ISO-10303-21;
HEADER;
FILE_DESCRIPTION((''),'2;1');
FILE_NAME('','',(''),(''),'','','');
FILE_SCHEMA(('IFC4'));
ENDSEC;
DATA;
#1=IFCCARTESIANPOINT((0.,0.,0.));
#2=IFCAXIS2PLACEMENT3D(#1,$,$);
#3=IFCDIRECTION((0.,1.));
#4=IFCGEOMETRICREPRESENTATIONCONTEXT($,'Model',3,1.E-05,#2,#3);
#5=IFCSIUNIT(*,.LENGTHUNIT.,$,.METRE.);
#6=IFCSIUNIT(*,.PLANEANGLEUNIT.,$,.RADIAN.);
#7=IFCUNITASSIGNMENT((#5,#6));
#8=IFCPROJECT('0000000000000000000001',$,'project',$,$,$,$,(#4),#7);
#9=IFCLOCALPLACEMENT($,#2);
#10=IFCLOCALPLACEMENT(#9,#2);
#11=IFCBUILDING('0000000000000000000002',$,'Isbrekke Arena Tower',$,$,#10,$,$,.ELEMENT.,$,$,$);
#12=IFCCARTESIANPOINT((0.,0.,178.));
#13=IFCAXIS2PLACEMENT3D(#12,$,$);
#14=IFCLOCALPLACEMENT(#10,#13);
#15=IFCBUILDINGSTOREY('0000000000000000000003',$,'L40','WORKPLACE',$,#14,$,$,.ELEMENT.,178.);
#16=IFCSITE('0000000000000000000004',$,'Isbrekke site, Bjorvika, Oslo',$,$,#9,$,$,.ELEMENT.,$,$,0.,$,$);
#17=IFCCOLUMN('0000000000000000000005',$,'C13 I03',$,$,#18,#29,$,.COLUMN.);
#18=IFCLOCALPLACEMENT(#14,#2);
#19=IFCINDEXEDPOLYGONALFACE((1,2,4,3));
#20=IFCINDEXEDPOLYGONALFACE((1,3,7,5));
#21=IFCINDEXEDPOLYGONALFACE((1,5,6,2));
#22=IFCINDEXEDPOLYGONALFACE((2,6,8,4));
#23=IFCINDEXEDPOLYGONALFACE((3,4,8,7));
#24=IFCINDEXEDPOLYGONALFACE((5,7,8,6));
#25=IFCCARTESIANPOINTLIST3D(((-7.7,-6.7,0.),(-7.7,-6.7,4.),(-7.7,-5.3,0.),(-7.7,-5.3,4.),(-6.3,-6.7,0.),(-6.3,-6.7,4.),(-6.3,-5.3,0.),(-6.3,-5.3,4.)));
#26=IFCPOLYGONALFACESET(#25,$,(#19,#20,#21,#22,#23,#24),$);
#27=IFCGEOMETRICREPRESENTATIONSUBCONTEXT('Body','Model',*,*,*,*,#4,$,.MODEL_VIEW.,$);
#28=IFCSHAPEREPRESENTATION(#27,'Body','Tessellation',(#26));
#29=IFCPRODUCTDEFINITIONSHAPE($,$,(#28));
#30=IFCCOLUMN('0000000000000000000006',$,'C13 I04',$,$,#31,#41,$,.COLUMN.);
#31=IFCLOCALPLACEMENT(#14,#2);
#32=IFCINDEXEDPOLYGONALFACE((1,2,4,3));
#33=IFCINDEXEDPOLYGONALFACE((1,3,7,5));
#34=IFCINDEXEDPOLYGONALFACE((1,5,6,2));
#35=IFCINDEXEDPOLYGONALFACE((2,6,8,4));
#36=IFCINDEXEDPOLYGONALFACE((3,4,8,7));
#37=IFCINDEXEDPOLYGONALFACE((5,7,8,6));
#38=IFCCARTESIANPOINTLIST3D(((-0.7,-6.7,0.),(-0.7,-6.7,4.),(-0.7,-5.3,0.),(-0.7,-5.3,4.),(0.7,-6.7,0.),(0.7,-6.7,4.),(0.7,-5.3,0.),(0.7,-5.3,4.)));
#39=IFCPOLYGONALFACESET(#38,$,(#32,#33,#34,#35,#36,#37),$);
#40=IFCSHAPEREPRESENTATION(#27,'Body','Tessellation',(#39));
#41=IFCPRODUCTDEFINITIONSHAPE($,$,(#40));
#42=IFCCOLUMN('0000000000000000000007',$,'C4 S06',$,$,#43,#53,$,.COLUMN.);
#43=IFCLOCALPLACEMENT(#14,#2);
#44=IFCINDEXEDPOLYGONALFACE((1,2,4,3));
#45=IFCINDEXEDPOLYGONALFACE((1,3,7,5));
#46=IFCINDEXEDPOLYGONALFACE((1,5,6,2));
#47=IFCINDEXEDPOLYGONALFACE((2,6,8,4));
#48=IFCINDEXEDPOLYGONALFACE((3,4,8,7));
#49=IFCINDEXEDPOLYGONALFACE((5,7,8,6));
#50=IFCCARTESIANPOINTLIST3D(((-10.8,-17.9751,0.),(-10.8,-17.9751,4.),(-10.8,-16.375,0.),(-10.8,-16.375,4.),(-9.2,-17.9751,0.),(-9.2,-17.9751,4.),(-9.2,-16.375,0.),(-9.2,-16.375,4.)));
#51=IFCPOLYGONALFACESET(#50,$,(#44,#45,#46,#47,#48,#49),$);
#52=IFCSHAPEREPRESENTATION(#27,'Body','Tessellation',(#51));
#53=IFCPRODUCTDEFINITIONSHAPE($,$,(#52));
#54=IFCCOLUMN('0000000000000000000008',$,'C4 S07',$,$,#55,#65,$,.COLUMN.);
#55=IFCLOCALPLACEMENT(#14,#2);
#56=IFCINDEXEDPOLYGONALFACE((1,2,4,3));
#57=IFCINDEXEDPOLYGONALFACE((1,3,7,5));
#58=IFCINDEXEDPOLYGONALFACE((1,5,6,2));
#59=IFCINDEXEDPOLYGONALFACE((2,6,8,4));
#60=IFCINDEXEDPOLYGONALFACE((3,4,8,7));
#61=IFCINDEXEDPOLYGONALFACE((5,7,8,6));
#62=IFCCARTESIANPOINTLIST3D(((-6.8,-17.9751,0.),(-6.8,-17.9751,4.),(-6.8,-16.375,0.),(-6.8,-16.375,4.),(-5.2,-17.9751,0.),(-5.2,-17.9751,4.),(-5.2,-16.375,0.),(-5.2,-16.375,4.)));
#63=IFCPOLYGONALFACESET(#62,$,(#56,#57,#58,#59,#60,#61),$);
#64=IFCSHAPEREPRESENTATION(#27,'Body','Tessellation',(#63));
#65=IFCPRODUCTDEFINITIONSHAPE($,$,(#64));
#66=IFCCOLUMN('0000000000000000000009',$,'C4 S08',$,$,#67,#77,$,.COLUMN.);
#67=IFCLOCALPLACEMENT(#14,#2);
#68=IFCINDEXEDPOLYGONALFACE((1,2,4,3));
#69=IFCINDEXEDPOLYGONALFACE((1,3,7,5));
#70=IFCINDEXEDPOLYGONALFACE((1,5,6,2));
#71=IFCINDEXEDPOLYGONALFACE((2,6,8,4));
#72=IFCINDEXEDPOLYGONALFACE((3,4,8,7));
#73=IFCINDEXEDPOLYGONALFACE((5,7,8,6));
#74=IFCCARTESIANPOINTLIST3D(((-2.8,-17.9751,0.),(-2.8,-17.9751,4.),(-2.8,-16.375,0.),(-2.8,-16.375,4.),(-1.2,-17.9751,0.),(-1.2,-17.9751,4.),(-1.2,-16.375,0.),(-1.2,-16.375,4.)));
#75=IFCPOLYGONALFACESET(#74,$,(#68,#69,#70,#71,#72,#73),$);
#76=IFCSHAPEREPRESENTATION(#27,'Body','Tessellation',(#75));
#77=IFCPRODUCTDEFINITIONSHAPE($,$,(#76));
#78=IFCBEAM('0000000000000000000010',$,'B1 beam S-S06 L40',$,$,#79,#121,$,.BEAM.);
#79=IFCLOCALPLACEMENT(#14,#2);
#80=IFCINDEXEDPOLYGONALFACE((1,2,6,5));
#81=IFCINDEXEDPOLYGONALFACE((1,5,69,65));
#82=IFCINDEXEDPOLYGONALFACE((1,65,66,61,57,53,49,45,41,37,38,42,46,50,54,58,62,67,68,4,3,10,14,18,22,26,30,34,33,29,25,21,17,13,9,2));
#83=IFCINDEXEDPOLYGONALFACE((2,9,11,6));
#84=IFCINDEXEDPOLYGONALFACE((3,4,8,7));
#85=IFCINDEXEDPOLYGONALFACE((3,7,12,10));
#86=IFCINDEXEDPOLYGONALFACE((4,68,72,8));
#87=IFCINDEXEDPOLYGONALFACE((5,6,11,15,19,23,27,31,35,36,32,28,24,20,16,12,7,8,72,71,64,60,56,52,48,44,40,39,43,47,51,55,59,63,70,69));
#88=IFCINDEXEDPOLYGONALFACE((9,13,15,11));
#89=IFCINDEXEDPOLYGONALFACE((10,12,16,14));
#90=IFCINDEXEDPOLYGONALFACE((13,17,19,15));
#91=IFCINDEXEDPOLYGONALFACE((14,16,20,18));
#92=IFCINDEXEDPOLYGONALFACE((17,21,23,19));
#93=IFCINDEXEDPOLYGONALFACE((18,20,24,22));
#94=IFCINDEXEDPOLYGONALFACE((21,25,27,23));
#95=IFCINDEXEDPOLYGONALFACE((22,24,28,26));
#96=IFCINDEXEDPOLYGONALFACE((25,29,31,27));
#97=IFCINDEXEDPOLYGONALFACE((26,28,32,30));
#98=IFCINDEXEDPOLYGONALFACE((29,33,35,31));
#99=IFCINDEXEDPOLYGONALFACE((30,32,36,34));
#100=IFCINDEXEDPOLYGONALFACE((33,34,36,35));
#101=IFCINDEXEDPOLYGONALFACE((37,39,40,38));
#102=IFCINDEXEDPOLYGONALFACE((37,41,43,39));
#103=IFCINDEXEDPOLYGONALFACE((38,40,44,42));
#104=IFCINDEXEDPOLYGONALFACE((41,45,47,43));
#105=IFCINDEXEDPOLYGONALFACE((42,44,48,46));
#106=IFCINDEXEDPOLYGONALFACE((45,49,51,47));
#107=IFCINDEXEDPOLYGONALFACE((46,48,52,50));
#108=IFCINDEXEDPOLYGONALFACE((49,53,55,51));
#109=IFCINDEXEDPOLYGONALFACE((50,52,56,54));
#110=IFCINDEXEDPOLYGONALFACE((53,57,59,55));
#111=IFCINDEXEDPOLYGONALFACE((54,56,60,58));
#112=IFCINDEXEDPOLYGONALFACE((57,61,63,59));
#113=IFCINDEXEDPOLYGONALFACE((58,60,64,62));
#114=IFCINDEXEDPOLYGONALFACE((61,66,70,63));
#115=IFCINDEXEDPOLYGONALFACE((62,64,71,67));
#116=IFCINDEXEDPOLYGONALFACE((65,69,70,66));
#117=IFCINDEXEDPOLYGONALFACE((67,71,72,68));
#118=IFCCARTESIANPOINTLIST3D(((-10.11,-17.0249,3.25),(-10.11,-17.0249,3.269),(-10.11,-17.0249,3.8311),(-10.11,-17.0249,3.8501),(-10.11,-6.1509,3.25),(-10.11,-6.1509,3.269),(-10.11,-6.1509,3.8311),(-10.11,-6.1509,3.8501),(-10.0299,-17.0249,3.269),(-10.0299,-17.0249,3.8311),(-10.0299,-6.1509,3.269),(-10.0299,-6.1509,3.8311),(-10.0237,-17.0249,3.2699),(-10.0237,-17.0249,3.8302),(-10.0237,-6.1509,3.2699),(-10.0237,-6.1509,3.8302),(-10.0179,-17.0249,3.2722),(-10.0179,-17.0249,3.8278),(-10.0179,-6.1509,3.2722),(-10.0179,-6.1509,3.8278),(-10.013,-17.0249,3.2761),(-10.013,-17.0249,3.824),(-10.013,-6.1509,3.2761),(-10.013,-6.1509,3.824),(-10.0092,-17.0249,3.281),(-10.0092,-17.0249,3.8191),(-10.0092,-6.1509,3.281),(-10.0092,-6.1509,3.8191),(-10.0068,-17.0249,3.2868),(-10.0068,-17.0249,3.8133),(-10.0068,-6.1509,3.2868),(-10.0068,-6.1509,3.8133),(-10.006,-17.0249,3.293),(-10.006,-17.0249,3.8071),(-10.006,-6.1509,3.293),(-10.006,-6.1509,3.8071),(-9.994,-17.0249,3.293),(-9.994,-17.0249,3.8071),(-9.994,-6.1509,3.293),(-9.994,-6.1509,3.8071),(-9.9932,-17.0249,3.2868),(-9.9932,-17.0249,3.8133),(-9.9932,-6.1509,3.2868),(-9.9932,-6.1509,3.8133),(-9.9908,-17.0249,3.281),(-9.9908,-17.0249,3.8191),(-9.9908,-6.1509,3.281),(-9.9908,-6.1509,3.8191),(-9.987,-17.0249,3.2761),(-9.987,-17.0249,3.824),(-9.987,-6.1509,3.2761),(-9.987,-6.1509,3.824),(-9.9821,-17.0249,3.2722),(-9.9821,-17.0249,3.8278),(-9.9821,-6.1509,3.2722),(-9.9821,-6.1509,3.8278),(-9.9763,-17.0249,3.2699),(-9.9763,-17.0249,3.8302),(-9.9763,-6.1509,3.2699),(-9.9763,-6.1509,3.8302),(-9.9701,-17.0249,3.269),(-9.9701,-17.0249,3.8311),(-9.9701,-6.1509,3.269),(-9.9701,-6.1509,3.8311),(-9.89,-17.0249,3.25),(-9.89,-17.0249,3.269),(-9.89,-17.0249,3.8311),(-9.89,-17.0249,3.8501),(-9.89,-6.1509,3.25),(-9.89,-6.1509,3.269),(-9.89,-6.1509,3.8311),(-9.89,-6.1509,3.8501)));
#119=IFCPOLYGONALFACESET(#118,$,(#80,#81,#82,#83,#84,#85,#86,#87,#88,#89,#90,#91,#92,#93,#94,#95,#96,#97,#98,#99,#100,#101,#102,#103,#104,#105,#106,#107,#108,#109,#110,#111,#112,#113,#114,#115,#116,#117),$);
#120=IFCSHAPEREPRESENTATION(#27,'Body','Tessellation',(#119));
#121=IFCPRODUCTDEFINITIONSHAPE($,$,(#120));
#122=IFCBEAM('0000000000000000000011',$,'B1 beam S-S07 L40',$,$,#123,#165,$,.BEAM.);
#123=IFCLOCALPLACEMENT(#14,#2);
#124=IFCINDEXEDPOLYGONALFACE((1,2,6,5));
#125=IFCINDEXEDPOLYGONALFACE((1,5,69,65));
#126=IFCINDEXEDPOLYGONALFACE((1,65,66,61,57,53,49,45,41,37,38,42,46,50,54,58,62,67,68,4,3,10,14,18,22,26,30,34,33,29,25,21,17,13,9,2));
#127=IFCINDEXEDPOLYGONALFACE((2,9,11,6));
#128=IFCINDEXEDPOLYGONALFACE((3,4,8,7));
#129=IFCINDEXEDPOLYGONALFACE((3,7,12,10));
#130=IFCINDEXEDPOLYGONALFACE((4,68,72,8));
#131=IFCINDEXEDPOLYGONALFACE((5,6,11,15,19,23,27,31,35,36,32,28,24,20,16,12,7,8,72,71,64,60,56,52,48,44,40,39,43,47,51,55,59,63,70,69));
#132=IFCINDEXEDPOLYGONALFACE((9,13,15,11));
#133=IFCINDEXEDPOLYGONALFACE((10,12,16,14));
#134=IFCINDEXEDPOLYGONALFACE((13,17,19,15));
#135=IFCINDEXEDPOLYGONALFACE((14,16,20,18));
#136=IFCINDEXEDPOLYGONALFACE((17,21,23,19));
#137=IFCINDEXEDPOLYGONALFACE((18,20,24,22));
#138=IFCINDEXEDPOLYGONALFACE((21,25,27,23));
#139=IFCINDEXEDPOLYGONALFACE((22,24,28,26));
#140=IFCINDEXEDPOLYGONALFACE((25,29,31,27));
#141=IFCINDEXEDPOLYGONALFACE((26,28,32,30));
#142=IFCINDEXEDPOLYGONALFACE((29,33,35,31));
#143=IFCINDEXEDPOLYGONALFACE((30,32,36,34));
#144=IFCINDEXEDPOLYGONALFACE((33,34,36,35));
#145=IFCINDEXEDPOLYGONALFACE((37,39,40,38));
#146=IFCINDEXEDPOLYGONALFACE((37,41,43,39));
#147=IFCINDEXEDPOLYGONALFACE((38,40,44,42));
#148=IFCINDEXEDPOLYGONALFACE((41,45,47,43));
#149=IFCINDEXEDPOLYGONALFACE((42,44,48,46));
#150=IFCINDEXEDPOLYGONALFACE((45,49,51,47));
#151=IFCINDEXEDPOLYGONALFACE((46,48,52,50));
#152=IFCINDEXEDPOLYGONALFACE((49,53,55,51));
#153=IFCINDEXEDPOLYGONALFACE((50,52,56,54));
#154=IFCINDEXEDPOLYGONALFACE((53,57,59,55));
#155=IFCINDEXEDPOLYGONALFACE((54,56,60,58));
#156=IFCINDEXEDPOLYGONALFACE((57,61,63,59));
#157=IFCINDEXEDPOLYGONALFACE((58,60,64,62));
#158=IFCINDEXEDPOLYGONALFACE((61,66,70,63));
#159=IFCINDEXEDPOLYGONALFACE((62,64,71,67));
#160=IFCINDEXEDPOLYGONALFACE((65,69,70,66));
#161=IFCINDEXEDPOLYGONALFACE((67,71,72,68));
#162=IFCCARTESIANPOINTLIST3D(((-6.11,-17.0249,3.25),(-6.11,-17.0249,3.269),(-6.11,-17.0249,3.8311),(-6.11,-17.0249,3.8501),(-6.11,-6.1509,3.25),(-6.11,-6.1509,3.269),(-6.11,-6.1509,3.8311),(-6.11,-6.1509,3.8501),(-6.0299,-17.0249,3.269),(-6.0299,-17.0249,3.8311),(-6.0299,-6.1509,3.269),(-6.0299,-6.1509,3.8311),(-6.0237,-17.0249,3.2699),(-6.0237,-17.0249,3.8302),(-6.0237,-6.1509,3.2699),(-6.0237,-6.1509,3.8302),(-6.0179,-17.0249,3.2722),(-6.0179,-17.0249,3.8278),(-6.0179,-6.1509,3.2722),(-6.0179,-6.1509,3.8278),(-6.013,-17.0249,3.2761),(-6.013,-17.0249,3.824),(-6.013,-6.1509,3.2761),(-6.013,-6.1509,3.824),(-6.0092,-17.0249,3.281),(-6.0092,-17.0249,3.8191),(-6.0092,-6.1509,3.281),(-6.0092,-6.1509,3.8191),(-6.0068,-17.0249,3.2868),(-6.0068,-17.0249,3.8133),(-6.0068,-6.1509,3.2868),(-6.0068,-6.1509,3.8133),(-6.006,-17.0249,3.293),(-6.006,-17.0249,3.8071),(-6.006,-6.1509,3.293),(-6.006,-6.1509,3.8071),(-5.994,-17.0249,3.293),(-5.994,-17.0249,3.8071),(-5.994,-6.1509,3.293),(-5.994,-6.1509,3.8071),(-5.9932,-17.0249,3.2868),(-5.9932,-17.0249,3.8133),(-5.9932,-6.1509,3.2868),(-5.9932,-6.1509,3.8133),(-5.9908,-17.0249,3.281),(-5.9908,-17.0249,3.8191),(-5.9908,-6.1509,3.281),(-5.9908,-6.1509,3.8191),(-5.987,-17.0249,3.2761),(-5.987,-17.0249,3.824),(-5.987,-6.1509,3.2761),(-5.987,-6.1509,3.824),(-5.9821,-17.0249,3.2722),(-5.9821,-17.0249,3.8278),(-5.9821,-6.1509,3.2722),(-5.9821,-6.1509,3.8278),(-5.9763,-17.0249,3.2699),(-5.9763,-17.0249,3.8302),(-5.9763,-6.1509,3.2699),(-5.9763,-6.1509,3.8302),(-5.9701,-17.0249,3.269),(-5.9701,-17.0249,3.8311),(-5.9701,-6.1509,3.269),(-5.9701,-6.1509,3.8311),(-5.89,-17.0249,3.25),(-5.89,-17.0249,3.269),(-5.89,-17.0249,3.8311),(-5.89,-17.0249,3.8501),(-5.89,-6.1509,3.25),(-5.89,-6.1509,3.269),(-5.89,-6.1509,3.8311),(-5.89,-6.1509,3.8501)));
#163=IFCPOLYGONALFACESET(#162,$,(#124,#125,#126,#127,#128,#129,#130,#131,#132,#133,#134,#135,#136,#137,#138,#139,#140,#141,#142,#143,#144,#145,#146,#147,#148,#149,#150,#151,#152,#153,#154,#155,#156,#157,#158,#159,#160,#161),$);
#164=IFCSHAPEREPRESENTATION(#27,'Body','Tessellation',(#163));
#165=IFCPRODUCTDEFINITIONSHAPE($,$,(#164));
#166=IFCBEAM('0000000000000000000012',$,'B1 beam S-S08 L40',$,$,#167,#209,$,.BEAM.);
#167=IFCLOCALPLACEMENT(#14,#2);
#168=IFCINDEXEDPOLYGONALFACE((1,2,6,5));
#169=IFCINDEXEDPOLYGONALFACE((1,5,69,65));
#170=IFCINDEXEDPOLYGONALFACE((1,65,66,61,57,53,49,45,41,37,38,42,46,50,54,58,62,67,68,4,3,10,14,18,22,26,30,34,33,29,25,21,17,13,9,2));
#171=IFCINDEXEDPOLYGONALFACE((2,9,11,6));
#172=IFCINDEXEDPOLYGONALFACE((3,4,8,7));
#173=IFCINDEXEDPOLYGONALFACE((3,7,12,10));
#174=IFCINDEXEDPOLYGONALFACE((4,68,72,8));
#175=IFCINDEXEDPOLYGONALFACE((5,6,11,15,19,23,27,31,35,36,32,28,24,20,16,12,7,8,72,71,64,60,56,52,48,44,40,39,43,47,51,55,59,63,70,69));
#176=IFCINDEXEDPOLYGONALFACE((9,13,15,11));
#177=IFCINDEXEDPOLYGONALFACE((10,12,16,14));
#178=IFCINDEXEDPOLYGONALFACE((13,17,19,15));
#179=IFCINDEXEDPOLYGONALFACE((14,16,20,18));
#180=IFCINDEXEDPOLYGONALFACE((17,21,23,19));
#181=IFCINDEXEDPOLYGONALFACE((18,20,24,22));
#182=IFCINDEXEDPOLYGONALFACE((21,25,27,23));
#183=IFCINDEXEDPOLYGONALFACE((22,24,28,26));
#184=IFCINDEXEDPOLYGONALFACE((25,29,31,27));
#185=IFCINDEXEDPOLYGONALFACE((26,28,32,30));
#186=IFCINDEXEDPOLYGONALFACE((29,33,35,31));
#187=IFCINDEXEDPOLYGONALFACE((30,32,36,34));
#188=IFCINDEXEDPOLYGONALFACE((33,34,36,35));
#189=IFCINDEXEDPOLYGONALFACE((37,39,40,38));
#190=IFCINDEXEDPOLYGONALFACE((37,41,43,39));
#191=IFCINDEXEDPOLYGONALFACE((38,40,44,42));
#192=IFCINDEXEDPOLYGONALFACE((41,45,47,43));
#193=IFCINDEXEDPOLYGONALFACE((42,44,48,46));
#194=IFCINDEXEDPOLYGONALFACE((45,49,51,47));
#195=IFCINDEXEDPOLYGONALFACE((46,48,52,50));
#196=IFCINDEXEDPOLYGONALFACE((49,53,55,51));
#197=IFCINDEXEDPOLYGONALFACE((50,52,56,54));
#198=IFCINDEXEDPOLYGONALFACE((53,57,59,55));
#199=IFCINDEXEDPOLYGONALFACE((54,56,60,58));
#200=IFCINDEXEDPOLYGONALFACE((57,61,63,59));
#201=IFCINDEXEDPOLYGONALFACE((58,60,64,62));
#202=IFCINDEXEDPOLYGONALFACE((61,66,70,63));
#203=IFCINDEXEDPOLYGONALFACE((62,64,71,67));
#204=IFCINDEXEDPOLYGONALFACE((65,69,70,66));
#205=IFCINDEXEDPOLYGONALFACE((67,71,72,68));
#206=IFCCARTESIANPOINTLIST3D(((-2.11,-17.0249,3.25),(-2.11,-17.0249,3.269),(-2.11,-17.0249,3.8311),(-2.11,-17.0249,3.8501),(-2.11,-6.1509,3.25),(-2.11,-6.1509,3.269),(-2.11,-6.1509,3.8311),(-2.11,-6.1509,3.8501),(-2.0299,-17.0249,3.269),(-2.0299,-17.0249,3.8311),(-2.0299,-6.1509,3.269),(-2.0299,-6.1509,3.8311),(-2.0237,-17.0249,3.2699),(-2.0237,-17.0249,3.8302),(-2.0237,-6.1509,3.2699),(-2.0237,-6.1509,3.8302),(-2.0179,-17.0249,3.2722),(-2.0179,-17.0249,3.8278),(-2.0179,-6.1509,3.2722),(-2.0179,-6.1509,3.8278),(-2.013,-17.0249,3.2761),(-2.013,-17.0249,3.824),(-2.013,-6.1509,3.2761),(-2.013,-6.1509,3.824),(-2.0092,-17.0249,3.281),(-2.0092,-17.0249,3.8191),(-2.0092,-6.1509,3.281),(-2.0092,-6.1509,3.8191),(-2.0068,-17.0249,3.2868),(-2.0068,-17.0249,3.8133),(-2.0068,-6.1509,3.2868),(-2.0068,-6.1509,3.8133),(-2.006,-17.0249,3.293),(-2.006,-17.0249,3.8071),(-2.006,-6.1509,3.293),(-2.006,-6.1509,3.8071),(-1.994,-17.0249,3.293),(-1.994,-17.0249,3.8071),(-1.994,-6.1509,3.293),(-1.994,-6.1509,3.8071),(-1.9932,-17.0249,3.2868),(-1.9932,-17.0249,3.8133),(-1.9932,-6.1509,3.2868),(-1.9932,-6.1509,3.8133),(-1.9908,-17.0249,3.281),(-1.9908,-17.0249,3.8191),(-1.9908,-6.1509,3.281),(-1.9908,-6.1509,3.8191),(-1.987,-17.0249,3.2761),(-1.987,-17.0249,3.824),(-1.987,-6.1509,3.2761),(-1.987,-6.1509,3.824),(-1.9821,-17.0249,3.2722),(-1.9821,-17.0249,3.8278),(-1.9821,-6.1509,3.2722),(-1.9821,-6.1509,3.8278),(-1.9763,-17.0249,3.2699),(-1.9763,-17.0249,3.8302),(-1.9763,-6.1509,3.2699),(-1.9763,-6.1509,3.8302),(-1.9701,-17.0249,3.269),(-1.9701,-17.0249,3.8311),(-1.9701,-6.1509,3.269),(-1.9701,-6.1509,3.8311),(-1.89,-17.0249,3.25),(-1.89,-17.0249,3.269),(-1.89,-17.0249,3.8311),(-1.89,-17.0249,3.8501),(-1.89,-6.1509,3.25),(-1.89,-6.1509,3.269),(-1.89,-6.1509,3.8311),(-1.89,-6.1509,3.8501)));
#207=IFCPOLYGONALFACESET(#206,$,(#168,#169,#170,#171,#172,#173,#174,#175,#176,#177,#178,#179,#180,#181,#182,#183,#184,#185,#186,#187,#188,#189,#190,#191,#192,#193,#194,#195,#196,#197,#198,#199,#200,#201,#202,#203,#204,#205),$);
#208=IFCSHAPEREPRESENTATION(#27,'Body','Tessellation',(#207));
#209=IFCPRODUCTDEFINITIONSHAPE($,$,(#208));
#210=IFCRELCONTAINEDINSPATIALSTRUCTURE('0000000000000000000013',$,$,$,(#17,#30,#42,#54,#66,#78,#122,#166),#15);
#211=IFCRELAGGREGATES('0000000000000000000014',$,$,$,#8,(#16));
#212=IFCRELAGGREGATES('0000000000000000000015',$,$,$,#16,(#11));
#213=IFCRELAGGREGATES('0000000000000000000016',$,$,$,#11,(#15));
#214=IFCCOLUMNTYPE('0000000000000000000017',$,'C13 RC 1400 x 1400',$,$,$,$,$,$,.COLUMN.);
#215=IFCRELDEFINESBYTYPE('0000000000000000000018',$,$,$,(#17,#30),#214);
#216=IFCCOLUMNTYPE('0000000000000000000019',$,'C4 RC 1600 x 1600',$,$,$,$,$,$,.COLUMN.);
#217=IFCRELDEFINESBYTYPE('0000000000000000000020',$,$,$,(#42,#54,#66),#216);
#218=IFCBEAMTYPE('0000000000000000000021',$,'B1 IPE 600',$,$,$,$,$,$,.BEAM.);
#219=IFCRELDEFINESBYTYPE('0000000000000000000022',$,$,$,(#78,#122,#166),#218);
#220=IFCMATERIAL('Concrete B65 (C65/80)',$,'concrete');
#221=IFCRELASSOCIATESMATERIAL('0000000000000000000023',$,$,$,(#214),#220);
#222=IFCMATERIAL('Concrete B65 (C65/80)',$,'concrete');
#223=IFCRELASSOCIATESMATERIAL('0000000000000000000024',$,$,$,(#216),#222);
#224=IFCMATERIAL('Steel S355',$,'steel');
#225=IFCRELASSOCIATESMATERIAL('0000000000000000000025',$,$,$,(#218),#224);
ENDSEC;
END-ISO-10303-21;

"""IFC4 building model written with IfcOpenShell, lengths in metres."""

from ifc_helpers import new_model, si_unit, direction, frame, origin, origin_2d, place, context, subcontext, project, spatial, rectangle, i_section, extrude, material, material_profile, profile_set, type_object, element, save


model = new_model("IFC4")

# Units and contexts
model_context = context("Model", 3, precision=1e-05, world=origin(), true_north=direction((0.0, 1.0)))
body_context = subcontext(model_context, "Body", "Model", "MODEL_VIEW")
ifc_project = project(units=[si_unit("LENGTHUNIT", "METRE"), si_unit("PLANEANGLEUNIT", "RADIAN")], contexts=[model_context])

# Site, building, storey
site_placement = place(None, origin())
site = spatial("IfcSite", under=ifc_project, at=site_placement, Name="Isbrekke site, Bjorvika, Oslo", CompositionType="ELEMENT", RefElevation=0.0)
building_placement = place(site_placement, origin())
building = spatial("IfcBuilding", under=site, at=building_placement, Name="Isbrekke Arena Tower", CompositionType="ELEMENT")
storey_placement = place(building_placement, frame((0.0, 0.0, 178.0)))
storey = spatial("IfcBuildingStorey", under=building, at=storey_placement, Name="L40", Description="WORKPLACE", CompositionType="ELEMENT", Elevation=178.0)

# Columns
ifc_material_1 = material(Name="Concrete B65 (C65/80)", Category="concrete")
ifc_material_profile_1 = material_profile(ifc_material_1, rectangle(XDim=1.3999, YDim=1.3999, at=origin_2d()), Name="RC 1400x1400")
ifc_profile_set_1 = profile_set([ifc_material_profile_1], Name="Concrete B65 (C65/80)")
column_type_1 = type_object("IfcColumnType", Name="C13 RC 1400 x 1400", PredefinedType="COLUMN", material=ifc_profile_set_1)
for number, where, z_axis, x_axis, name in (
    (1, (-7.0, -6.0, 0.0), (0.0, 0.0, 1.0), (1.0, 0.0, 0.0), "C13 I03"),
    (2, (0.0, -6.0, 0.0), (0.0, 0.0, 1.0), (1.0, 0.0, 0.0), "C13 I04"),
):
    element("IfcColumn", number, at=place(storey_placement, frame(where, z_axis=z_axis, x_axis=x_axis)), inside=storey, type_object=column_type_1, Name=name, PredefinedType="COLUMN", context=body_context, shape_type="SweptSolid", body=[
        extrude(rectangle(XDim=1.3999, YDim=1.3999, at=origin_2d()), origin(), (0.0, 0.0, 1.0), 4.0),
    ])
ifc_material_2 = material(Name="Concrete B65 (C65/80)", Category="concrete")
ifc_material_profile_2 = material_profile(ifc_material_2, rectangle(XDim=1.6001, YDim=1.6001, at=origin_2d()), Name="RC 1600x1600")
ifc_profile_set_2 = profile_set([ifc_material_profile_2], Name="Concrete B65 (C65/80)")
column_type_2 = type_object("IfcColumnType", Name="C4 RC 1600 x 1600", PredefinedType="COLUMN", material=ifc_profile_set_2)
for number, where, z_axis, x_axis, name in (
    (3, (-10.0, -17.175, 0.0), (0.0, 0.0, 1.0), (1.0, 0.0, 0.0), "C4 S06"),
    (4, (-6.0, -17.175, 0.0), (0.0, 0.0, 1.0), (1.0, 0.0, 0.0), "C4 S07"),
    (5, (-2.0, -17.175, 0.0), (0.0, 0.0, 1.0), (1.0, 0.0, 0.0), "C4 S08"),
):
    element("IfcColumn", number, at=place(storey_placement, frame(where, z_axis=z_axis, x_axis=x_axis)), inside=storey, type_object=column_type_2, Name=name, PredefinedType="COLUMN", context=body_context, shape_type="SweptSolid", body=[
        extrude(rectangle(XDim=1.6001, YDim=1.6001, at=origin_2d()), origin(), (0.0, 0.0, 1.0), 4.0),
    ])

# Beams
ifc_material_3 = material(Name="Steel S355", Category="steel")
ifc_material_profile_3 = material_profile(ifc_material_3, i_section(OverallWidth=0.22, OverallDepth=0.6001, WebThickness=0.012, FlangeThickness=0.019, FilletRadius=0.0239, at=origin_2d()), Name="IPE 600")
ifc_profile_set_3 = profile_set([ifc_material_profile_3], Name="Steel S355")
beam_type_1 = type_object("IfcBeamType", Name="B1 IPE 600", PredefinedType="BEAM", material=ifc_profile_set_3)
for number, where, z_axis, x_axis, name in (
    (6, (-10.0, -17.0249, 3.55), (0.0, 1.0, 0.0), (-1.0, 0.0, 0.0), "B1 beam S-S06 L40"),
    (7, (-6.0, -17.0249, 3.55), (0.0, 1.0, 0.0), (-1.0, 0.0, 0.0), "B1 beam S-S07 L40"),
    (8, (-2.0, -17.0249, 3.55), (0.0, 1.0, 0.0), (-1.0, 0.0, 0.0), "B1 beam S-S08 L40"),
):
    element("IfcBeam", number, at=place(storey_placement, frame(where, z_axis=z_axis, x_axis=x_axis)), inside=storey, type_object=beam_type_1, Name=name, PredefinedType="BEAM", context=body_context, shape_type="SweptSolid", body=[
        extrude(i_section(OverallWidth=0.22, OverallDepth=0.6001, WebThickness=0.012, FlangeThickness=0.019, FilletRadius=0.0239, at=origin_2d()), origin(), (0.0, 0.0, 1.0), 10.874),
    ])

save(model, "model.ifc")
